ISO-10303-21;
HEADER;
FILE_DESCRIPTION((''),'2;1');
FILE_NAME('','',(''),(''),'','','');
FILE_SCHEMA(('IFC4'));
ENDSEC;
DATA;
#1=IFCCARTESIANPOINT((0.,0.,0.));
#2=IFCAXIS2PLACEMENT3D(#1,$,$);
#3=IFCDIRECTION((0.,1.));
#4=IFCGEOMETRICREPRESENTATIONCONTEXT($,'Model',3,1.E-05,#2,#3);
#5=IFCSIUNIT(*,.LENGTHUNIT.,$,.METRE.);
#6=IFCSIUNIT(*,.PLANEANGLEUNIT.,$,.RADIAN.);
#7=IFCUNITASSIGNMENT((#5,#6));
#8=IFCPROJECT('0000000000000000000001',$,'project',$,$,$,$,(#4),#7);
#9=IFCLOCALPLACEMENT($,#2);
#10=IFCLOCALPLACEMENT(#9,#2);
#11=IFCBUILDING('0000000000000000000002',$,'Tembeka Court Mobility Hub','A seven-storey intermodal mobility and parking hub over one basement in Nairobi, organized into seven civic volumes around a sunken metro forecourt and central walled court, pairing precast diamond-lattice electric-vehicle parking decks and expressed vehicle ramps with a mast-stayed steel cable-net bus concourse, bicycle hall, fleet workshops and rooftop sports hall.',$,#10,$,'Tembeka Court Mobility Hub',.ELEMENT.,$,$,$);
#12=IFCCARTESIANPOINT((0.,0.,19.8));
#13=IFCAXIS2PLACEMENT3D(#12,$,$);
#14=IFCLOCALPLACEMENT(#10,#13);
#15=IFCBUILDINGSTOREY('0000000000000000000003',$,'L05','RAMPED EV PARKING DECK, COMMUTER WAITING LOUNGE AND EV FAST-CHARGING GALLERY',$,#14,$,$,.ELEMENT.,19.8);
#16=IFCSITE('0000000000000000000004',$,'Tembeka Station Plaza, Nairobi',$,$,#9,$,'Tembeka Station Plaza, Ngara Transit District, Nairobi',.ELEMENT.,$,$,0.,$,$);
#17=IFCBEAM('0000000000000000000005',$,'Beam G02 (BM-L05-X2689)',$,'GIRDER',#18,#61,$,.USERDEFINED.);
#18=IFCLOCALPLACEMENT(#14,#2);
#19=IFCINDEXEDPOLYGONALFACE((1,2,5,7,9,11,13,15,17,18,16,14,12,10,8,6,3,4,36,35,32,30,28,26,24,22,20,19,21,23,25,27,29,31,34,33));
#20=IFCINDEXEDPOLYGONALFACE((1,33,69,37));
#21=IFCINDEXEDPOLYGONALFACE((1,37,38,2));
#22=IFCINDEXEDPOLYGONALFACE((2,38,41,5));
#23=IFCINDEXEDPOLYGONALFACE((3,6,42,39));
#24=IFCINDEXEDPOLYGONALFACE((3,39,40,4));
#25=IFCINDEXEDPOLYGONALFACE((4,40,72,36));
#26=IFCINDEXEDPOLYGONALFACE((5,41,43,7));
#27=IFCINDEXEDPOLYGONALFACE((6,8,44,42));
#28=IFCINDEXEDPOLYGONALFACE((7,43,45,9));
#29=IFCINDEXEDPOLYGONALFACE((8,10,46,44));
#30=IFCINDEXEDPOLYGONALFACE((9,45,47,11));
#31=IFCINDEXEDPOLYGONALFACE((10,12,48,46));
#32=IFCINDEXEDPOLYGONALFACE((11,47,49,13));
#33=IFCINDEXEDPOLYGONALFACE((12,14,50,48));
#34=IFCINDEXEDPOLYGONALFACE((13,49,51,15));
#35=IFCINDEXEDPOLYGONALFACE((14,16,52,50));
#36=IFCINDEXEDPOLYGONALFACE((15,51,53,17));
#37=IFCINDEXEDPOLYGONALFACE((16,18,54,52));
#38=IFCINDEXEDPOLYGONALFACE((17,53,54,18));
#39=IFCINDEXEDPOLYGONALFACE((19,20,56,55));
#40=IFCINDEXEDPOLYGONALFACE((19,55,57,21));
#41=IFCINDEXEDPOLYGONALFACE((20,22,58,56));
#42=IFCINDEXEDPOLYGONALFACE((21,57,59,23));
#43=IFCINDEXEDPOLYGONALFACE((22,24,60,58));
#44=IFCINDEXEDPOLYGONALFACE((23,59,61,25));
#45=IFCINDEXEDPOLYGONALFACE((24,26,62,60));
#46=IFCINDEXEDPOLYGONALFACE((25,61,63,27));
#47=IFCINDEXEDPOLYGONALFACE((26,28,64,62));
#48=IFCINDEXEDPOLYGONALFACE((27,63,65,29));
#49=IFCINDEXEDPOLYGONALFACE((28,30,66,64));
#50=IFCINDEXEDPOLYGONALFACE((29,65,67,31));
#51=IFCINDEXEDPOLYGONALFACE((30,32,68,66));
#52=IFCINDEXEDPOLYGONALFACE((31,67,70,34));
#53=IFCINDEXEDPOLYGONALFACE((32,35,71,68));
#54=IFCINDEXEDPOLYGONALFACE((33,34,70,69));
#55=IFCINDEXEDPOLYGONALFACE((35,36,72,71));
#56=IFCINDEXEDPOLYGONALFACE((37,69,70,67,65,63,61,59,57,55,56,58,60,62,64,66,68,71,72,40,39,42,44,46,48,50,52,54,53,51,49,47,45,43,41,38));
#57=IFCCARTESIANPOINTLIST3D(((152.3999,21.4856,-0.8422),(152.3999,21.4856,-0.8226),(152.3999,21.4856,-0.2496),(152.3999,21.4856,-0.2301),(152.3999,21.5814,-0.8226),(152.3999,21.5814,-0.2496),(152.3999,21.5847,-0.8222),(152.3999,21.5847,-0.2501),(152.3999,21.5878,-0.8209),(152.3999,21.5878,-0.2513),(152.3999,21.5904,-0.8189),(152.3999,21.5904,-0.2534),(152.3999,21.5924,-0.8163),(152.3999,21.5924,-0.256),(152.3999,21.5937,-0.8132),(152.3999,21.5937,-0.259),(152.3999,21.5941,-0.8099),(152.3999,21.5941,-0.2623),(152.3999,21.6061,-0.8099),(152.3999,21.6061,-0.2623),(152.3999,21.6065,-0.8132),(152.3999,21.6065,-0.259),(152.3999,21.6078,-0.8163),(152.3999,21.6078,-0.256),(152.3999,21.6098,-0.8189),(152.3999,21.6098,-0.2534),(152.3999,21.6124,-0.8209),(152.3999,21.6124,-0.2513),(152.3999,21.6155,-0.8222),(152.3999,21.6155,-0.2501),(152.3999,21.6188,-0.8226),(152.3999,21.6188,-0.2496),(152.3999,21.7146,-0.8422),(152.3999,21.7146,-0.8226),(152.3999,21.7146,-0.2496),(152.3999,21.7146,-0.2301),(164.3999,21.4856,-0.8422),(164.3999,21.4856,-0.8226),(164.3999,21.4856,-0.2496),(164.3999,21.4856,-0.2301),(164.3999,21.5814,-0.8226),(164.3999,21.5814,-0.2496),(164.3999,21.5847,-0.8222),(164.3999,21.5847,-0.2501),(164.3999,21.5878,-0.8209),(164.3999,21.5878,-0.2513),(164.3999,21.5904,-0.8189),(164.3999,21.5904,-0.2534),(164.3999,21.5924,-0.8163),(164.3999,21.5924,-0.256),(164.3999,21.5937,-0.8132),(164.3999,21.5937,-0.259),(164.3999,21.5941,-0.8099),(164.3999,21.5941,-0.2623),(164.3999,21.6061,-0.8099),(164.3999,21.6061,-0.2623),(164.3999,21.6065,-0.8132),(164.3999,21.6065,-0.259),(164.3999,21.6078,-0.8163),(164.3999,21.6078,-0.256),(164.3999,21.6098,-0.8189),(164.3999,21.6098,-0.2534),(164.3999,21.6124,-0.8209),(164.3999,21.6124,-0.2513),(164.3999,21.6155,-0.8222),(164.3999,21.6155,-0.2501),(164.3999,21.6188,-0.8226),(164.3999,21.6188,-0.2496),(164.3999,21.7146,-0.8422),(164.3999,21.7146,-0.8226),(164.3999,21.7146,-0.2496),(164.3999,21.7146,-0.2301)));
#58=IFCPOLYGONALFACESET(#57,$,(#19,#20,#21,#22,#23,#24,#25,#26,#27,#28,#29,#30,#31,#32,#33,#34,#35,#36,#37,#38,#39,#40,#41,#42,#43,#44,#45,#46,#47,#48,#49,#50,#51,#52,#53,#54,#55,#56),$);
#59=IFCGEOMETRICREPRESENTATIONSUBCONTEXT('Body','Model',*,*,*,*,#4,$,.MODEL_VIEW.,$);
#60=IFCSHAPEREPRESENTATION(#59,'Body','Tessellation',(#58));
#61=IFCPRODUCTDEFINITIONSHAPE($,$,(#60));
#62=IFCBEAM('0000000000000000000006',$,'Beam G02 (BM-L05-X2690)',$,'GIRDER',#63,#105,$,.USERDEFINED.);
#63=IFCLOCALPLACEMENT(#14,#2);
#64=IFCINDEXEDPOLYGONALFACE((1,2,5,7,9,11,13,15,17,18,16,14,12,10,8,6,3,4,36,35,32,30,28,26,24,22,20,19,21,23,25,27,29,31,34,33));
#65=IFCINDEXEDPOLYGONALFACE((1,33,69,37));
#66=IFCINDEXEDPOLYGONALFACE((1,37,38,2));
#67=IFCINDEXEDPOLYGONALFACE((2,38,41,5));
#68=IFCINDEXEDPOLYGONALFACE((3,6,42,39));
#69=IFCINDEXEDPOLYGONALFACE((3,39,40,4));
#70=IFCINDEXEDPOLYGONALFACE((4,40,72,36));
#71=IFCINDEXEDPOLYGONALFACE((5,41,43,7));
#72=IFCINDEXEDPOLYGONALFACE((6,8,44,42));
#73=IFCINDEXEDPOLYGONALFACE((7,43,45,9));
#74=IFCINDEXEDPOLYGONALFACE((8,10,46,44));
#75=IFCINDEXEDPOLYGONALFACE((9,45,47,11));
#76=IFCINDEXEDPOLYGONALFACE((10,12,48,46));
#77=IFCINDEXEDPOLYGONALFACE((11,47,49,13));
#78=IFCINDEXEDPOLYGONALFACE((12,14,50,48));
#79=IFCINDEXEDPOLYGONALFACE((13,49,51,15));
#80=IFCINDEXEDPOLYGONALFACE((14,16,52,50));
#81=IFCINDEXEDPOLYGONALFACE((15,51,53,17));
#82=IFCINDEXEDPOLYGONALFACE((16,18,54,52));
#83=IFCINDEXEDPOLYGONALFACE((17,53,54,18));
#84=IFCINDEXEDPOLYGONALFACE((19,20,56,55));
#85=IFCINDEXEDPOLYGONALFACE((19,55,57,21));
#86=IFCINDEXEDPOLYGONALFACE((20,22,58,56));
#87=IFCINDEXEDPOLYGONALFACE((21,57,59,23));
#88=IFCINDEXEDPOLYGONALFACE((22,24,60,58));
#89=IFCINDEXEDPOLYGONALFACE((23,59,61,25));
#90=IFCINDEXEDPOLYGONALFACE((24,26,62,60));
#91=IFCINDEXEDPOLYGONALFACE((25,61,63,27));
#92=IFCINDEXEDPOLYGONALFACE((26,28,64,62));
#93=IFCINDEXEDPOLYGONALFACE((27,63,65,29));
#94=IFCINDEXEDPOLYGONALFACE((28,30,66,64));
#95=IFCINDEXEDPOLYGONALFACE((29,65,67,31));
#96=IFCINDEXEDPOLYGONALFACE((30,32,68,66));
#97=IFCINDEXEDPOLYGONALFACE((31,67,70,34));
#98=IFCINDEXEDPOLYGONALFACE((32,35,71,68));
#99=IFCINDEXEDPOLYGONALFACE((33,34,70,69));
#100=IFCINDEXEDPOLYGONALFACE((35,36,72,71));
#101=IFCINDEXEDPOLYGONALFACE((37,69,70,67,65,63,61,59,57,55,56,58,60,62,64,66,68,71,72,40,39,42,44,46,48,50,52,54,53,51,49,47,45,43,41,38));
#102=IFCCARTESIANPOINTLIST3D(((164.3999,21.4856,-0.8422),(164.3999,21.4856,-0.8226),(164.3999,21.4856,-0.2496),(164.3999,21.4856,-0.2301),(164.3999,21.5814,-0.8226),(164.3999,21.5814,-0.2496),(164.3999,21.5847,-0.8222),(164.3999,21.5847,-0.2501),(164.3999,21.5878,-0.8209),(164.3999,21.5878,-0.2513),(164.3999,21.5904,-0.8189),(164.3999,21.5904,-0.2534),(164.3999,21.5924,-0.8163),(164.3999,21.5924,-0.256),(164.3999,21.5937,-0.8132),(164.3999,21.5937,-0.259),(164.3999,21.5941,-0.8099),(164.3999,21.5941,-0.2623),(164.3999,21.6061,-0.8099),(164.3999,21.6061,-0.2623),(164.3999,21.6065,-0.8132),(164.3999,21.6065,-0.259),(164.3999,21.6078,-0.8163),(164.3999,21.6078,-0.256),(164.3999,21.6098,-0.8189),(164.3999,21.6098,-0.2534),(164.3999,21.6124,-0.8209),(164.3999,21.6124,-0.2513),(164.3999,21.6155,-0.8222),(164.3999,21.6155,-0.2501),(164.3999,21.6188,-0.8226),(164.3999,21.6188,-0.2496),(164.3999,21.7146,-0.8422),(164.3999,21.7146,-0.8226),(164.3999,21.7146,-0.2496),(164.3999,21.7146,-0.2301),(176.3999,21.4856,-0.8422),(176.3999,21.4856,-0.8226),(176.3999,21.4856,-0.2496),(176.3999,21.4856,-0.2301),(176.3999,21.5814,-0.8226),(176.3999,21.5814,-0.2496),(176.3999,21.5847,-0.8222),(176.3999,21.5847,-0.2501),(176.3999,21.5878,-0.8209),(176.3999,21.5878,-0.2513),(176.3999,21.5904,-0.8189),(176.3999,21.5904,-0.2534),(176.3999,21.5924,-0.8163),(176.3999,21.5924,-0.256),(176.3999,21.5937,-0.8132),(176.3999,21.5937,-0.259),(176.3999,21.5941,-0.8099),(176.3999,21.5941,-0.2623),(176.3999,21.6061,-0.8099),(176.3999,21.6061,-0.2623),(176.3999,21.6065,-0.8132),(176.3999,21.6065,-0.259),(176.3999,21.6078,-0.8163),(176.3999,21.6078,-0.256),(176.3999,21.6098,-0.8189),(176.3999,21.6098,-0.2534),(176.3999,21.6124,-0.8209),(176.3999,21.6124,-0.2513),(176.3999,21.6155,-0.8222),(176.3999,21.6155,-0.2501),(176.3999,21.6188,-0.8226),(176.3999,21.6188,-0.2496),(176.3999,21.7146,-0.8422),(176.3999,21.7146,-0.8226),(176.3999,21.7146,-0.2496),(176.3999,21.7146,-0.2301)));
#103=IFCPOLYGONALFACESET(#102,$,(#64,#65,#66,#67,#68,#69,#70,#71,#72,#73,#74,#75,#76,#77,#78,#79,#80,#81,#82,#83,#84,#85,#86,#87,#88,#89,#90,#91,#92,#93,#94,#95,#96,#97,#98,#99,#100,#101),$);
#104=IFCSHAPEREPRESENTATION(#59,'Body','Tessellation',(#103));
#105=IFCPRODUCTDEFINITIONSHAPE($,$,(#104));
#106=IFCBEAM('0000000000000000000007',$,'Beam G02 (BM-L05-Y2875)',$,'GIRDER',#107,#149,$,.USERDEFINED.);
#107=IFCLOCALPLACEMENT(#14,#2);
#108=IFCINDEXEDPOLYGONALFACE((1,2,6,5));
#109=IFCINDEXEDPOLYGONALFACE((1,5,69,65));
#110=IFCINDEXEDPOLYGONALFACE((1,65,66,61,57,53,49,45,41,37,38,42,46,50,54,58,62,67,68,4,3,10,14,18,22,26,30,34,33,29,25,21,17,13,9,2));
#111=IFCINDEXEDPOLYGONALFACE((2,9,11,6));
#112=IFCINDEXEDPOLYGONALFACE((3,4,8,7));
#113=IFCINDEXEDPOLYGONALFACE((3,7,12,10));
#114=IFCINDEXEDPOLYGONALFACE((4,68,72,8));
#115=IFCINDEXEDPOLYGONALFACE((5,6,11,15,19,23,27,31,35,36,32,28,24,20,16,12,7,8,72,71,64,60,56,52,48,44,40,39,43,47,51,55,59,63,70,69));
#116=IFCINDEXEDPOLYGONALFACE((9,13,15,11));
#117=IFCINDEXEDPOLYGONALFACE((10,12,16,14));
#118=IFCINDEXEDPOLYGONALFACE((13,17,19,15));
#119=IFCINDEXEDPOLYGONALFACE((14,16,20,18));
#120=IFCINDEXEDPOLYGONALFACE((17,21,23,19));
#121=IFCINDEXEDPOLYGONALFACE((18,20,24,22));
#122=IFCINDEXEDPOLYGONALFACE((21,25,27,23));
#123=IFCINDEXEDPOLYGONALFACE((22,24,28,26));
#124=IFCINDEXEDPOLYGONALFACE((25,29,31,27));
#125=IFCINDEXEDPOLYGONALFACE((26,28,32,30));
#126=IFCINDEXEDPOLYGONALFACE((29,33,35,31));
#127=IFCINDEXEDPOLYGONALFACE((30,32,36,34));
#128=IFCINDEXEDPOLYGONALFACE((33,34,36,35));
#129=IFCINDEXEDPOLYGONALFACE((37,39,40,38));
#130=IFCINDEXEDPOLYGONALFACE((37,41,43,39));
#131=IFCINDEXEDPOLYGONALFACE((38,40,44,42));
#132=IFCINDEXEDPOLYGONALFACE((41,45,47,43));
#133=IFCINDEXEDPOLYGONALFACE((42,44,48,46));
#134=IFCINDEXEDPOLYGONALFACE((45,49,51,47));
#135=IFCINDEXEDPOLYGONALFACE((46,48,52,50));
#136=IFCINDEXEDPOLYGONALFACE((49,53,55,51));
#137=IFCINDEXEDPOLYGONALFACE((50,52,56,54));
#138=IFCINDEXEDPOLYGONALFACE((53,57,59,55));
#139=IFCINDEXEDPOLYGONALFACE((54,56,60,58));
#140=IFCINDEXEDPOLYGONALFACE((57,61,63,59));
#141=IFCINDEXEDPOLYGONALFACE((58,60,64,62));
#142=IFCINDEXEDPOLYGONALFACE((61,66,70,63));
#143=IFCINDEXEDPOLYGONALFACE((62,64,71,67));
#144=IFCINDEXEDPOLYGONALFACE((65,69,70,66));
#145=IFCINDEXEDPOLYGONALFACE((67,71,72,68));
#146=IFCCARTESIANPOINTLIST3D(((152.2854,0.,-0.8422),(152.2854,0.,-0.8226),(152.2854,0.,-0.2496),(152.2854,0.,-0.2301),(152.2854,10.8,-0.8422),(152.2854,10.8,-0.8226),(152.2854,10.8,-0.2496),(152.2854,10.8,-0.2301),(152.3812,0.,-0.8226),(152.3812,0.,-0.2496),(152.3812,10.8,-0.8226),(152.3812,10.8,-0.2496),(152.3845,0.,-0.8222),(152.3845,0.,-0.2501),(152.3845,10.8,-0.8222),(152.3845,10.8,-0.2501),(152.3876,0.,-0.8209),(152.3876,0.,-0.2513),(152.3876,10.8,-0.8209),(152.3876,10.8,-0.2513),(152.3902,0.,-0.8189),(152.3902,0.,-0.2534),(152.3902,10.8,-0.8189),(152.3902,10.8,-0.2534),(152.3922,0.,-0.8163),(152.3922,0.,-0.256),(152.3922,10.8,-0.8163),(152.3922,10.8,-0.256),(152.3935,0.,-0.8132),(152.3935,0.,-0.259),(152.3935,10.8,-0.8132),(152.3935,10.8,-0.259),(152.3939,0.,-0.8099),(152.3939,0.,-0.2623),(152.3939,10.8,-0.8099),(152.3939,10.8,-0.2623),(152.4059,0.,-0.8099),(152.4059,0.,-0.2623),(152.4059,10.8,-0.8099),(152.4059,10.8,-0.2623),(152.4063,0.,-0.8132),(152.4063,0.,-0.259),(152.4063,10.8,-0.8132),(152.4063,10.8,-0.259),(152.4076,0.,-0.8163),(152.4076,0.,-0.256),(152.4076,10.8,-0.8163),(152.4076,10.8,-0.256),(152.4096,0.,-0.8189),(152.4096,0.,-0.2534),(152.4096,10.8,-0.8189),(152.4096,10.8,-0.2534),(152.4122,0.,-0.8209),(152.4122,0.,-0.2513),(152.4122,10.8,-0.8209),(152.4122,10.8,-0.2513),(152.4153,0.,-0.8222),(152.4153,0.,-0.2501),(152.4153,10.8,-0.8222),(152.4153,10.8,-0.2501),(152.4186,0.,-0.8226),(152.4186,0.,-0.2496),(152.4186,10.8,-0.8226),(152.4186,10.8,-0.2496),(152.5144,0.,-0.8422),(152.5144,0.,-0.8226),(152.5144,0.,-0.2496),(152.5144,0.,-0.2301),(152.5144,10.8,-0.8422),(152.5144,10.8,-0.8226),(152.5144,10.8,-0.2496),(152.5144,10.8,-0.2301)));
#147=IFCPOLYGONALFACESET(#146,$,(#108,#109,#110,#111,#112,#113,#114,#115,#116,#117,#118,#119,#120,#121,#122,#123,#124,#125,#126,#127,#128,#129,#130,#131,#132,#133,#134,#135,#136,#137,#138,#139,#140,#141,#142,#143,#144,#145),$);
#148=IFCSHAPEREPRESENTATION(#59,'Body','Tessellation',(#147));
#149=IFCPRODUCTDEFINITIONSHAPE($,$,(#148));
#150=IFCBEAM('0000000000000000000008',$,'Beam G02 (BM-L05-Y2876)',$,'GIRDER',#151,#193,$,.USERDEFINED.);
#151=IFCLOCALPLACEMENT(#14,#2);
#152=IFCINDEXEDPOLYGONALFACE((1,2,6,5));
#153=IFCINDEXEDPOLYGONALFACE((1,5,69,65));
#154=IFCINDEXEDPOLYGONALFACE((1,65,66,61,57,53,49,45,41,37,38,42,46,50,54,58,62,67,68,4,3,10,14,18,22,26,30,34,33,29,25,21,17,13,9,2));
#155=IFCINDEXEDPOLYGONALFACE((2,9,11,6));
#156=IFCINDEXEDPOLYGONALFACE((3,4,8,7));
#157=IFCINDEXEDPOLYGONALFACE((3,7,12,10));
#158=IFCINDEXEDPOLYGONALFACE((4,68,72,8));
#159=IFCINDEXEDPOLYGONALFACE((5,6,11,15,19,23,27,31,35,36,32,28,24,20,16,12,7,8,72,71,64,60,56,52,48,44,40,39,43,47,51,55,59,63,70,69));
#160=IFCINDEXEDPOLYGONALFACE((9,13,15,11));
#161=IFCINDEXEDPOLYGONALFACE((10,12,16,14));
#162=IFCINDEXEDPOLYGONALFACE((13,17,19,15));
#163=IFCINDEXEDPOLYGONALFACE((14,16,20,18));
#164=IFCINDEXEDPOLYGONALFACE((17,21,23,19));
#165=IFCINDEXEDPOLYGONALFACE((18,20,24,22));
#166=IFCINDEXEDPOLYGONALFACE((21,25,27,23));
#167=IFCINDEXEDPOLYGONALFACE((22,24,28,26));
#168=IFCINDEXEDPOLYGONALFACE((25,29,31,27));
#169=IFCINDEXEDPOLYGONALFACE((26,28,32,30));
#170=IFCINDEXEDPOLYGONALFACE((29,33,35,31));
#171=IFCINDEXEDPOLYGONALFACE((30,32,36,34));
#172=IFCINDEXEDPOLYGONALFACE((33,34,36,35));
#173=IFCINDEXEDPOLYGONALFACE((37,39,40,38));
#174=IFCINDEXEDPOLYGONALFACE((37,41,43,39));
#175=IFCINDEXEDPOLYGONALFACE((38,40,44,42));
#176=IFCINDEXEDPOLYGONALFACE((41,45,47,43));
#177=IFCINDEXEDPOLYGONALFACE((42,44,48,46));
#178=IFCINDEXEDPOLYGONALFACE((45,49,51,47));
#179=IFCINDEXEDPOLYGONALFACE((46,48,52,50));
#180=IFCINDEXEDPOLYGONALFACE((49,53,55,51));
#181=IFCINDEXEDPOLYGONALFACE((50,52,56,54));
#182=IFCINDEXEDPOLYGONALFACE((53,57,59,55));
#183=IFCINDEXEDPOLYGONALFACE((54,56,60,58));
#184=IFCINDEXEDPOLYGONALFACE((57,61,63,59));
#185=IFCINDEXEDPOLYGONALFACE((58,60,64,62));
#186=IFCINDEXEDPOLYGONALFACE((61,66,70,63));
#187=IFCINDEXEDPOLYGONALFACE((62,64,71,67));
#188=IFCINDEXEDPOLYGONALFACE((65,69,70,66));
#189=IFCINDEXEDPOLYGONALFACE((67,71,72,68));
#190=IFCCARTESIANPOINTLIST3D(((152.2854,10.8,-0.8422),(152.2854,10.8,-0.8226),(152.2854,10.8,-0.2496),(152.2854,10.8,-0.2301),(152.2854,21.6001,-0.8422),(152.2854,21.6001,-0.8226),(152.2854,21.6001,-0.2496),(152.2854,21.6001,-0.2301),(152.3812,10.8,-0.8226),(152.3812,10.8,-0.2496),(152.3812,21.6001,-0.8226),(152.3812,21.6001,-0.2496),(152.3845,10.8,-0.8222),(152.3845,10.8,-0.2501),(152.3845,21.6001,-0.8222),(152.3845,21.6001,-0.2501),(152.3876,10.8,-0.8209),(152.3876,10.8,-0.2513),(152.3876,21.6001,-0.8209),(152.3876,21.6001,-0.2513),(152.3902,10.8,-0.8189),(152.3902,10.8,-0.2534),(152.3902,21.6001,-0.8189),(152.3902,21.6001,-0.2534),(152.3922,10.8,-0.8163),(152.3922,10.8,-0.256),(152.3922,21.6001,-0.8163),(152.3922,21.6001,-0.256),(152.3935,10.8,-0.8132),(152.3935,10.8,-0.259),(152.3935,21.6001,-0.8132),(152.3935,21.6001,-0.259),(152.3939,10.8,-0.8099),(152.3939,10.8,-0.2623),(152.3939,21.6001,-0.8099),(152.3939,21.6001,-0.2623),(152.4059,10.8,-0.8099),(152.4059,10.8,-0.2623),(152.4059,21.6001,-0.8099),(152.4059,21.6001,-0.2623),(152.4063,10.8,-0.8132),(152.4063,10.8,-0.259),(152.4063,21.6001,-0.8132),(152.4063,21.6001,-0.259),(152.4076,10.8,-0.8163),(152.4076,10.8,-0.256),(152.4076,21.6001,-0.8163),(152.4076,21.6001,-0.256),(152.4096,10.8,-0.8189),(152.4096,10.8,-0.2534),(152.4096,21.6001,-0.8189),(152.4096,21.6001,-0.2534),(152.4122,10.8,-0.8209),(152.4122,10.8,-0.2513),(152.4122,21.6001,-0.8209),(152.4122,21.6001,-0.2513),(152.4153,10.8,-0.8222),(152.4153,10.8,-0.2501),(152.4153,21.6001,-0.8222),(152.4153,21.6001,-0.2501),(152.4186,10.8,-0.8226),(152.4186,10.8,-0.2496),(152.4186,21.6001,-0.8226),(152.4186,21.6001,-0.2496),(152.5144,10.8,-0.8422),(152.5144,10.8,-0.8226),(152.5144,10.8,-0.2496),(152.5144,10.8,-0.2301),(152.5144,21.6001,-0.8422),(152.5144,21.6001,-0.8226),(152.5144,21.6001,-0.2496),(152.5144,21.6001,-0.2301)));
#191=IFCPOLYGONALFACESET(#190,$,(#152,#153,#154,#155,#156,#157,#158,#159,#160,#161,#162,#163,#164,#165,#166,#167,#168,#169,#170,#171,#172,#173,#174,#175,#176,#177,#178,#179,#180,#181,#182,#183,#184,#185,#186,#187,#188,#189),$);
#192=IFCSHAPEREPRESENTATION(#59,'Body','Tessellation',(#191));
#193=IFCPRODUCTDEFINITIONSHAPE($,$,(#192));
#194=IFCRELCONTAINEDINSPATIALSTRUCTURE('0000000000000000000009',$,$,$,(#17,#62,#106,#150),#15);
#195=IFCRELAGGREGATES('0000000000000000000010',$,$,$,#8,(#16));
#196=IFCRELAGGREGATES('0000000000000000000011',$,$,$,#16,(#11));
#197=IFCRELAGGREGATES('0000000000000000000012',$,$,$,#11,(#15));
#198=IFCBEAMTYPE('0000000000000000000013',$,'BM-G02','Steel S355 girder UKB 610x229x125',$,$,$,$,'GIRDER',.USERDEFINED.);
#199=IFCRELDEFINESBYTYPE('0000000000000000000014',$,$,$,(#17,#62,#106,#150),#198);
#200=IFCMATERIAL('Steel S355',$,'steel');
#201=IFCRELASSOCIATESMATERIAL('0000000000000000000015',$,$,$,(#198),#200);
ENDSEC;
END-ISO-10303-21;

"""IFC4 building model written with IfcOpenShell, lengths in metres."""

from ifc_helpers import new_model, si_unit, direction, frame, origin, origin_2d, place, context, subcontext, project, spatial, i_section, extrude, material, material_profile, profile_set, type_object, element, save


model = new_model("IFC4")

# Units and contexts
model_context = context("Model", 3, precision=1e-05, world=origin(), true_north=direction((0.0, 1.0)))
body_context = subcontext(model_context, "Body", "Model", "MODEL_VIEW")
ifc_project = project(units=[si_unit("LENGTHUNIT", "METRE"), si_unit("PLANEANGLEUNIT", "RADIAN")], contexts=[model_context])

# Site, building, storey
site_placement = place(None, origin())
site = spatial("IfcSite", under=ifc_project, at=site_placement, Name="Tembeka Station Plaza, Nairobi", LongName="Tembeka Station Plaza, Ngara Transit District, Nairobi", CompositionType="ELEMENT", RefElevation=0.0)
building_placement = place(site_placement, origin())
building = spatial("IfcBuilding", under=site, at=building_placement, Name="Tembeka Court Mobility Hub", Description="A seven-storey intermodal mobility and parking hub over one basement in Nairobi, organized into seven civic volumes around a sunken metro forecourt and central walled court, pairing precast diamond-lattice electric-vehicle parking decks and expressed vehicle ramps with a mast-stayed steel cable-net bus concourse, bicycle hall, fleet workshops and rooftop sports hall.", LongName="Tembeka Court Mobility Hub", CompositionType="ELEMENT")
storey_placement = place(building_placement, frame((0.0, 0.0, 19.8)))
storey = spatial("IfcBuildingStorey", under=building, at=storey_placement, Name="L05", Description="RAMPED EV PARKING DECK, COMMUTER WAITING LOUNGE AND EV FAST-CHARGING GALLERY", CompositionType="ELEMENT", Elevation=19.8)

# Beams
ifc_material_1 = material(Name="Steel S355", Category="steel")
ifc_material_profile_1 = material_profile(ifc_material_1, i_section(OverallWidth=0.229, OverallDepth=0.6121, WebThickness=0.012, FlangeThickness=0.0195, FilletRadius=0.0127, at=origin_2d()), Name="UKB 610x229x125")
ifc_profile_set_1 = profile_set([ifc_material_profile_1], Name="Steel S355")
beam_type_1 = type_object("IfcBeamType", Name="BM-G02", Description="Steel S355 girder UKB 610x229x125", ElementType="GIRDER", PredefinedType="USERDEFINED", material=ifc_profile_set_1)
for number, where, z_axis, x_axis, name in (
    (1, (152.3999, 21.6001, -0.5361), (1.0, 0.0, 0.0), (0.0, 1.0, 0.0), "Beam G02 (BM-L05-X2689)"),
    (2, (164.3999, 21.6001, -0.5361), (1.0, 0.0, 0.0), (0.0, 1.0, 0.0), "Beam G02 (BM-L05-X2690)"),
):
    element("IfcBeam", number, at=place(storey_placement, frame(where, z_axis=z_axis, x_axis=x_axis)), inside=storey, type_object=beam_type_1, Name=name, ObjectType="GIRDER", PredefinedType="USERDEFINED", context=body_context, shape_type="SweptSolid", body=[
        extrude(i_section(OverallWidth=0.229, OverallDepth=0.6121, WebThickness=0.012, FlangeThickness=0.0195, FilletRadius=0.0127, at=origin_2d()), origin(), (0.0, 0.0, 1.0), 12.0),
    ])
for number, where, z_axis, x_axis, name in (
    (3, (152.3999, 0.0, -0.5361), (0.0, 1.0, 0.0), (-1.0, 0.0, 0.0), "Beam G02 (BM-L05-Y2875)"),
    (4, (152.3999, 10.8, -0.5361), (0.0, 1.0, 0.0), (-1.0, 0.0, 0.0), "Beam G02 (BM-L05-Y2876)"),
):
    element("IfcBeam", number, at=place(storey_placement, frame(where, z_axis=z_axis, x_axis=x_axis)), inside=storey, type_object=beam_type_1, Name=name, ObjectType="GIRDER", PredefinedType="USERDEFINED", context=body_context, shape_type="SweptSolid", body=[
        extrude(i_section(OverallWidth=0.229, OverallDepth=0.6121, WebThickness=0.012, FlangeThickness=0.0195, FilletRadius=0.0127, at=origin_2d()), origin(), (0.0, 0.0, 1.0), 10.8),
    ])

save(model, "model.ifc")
